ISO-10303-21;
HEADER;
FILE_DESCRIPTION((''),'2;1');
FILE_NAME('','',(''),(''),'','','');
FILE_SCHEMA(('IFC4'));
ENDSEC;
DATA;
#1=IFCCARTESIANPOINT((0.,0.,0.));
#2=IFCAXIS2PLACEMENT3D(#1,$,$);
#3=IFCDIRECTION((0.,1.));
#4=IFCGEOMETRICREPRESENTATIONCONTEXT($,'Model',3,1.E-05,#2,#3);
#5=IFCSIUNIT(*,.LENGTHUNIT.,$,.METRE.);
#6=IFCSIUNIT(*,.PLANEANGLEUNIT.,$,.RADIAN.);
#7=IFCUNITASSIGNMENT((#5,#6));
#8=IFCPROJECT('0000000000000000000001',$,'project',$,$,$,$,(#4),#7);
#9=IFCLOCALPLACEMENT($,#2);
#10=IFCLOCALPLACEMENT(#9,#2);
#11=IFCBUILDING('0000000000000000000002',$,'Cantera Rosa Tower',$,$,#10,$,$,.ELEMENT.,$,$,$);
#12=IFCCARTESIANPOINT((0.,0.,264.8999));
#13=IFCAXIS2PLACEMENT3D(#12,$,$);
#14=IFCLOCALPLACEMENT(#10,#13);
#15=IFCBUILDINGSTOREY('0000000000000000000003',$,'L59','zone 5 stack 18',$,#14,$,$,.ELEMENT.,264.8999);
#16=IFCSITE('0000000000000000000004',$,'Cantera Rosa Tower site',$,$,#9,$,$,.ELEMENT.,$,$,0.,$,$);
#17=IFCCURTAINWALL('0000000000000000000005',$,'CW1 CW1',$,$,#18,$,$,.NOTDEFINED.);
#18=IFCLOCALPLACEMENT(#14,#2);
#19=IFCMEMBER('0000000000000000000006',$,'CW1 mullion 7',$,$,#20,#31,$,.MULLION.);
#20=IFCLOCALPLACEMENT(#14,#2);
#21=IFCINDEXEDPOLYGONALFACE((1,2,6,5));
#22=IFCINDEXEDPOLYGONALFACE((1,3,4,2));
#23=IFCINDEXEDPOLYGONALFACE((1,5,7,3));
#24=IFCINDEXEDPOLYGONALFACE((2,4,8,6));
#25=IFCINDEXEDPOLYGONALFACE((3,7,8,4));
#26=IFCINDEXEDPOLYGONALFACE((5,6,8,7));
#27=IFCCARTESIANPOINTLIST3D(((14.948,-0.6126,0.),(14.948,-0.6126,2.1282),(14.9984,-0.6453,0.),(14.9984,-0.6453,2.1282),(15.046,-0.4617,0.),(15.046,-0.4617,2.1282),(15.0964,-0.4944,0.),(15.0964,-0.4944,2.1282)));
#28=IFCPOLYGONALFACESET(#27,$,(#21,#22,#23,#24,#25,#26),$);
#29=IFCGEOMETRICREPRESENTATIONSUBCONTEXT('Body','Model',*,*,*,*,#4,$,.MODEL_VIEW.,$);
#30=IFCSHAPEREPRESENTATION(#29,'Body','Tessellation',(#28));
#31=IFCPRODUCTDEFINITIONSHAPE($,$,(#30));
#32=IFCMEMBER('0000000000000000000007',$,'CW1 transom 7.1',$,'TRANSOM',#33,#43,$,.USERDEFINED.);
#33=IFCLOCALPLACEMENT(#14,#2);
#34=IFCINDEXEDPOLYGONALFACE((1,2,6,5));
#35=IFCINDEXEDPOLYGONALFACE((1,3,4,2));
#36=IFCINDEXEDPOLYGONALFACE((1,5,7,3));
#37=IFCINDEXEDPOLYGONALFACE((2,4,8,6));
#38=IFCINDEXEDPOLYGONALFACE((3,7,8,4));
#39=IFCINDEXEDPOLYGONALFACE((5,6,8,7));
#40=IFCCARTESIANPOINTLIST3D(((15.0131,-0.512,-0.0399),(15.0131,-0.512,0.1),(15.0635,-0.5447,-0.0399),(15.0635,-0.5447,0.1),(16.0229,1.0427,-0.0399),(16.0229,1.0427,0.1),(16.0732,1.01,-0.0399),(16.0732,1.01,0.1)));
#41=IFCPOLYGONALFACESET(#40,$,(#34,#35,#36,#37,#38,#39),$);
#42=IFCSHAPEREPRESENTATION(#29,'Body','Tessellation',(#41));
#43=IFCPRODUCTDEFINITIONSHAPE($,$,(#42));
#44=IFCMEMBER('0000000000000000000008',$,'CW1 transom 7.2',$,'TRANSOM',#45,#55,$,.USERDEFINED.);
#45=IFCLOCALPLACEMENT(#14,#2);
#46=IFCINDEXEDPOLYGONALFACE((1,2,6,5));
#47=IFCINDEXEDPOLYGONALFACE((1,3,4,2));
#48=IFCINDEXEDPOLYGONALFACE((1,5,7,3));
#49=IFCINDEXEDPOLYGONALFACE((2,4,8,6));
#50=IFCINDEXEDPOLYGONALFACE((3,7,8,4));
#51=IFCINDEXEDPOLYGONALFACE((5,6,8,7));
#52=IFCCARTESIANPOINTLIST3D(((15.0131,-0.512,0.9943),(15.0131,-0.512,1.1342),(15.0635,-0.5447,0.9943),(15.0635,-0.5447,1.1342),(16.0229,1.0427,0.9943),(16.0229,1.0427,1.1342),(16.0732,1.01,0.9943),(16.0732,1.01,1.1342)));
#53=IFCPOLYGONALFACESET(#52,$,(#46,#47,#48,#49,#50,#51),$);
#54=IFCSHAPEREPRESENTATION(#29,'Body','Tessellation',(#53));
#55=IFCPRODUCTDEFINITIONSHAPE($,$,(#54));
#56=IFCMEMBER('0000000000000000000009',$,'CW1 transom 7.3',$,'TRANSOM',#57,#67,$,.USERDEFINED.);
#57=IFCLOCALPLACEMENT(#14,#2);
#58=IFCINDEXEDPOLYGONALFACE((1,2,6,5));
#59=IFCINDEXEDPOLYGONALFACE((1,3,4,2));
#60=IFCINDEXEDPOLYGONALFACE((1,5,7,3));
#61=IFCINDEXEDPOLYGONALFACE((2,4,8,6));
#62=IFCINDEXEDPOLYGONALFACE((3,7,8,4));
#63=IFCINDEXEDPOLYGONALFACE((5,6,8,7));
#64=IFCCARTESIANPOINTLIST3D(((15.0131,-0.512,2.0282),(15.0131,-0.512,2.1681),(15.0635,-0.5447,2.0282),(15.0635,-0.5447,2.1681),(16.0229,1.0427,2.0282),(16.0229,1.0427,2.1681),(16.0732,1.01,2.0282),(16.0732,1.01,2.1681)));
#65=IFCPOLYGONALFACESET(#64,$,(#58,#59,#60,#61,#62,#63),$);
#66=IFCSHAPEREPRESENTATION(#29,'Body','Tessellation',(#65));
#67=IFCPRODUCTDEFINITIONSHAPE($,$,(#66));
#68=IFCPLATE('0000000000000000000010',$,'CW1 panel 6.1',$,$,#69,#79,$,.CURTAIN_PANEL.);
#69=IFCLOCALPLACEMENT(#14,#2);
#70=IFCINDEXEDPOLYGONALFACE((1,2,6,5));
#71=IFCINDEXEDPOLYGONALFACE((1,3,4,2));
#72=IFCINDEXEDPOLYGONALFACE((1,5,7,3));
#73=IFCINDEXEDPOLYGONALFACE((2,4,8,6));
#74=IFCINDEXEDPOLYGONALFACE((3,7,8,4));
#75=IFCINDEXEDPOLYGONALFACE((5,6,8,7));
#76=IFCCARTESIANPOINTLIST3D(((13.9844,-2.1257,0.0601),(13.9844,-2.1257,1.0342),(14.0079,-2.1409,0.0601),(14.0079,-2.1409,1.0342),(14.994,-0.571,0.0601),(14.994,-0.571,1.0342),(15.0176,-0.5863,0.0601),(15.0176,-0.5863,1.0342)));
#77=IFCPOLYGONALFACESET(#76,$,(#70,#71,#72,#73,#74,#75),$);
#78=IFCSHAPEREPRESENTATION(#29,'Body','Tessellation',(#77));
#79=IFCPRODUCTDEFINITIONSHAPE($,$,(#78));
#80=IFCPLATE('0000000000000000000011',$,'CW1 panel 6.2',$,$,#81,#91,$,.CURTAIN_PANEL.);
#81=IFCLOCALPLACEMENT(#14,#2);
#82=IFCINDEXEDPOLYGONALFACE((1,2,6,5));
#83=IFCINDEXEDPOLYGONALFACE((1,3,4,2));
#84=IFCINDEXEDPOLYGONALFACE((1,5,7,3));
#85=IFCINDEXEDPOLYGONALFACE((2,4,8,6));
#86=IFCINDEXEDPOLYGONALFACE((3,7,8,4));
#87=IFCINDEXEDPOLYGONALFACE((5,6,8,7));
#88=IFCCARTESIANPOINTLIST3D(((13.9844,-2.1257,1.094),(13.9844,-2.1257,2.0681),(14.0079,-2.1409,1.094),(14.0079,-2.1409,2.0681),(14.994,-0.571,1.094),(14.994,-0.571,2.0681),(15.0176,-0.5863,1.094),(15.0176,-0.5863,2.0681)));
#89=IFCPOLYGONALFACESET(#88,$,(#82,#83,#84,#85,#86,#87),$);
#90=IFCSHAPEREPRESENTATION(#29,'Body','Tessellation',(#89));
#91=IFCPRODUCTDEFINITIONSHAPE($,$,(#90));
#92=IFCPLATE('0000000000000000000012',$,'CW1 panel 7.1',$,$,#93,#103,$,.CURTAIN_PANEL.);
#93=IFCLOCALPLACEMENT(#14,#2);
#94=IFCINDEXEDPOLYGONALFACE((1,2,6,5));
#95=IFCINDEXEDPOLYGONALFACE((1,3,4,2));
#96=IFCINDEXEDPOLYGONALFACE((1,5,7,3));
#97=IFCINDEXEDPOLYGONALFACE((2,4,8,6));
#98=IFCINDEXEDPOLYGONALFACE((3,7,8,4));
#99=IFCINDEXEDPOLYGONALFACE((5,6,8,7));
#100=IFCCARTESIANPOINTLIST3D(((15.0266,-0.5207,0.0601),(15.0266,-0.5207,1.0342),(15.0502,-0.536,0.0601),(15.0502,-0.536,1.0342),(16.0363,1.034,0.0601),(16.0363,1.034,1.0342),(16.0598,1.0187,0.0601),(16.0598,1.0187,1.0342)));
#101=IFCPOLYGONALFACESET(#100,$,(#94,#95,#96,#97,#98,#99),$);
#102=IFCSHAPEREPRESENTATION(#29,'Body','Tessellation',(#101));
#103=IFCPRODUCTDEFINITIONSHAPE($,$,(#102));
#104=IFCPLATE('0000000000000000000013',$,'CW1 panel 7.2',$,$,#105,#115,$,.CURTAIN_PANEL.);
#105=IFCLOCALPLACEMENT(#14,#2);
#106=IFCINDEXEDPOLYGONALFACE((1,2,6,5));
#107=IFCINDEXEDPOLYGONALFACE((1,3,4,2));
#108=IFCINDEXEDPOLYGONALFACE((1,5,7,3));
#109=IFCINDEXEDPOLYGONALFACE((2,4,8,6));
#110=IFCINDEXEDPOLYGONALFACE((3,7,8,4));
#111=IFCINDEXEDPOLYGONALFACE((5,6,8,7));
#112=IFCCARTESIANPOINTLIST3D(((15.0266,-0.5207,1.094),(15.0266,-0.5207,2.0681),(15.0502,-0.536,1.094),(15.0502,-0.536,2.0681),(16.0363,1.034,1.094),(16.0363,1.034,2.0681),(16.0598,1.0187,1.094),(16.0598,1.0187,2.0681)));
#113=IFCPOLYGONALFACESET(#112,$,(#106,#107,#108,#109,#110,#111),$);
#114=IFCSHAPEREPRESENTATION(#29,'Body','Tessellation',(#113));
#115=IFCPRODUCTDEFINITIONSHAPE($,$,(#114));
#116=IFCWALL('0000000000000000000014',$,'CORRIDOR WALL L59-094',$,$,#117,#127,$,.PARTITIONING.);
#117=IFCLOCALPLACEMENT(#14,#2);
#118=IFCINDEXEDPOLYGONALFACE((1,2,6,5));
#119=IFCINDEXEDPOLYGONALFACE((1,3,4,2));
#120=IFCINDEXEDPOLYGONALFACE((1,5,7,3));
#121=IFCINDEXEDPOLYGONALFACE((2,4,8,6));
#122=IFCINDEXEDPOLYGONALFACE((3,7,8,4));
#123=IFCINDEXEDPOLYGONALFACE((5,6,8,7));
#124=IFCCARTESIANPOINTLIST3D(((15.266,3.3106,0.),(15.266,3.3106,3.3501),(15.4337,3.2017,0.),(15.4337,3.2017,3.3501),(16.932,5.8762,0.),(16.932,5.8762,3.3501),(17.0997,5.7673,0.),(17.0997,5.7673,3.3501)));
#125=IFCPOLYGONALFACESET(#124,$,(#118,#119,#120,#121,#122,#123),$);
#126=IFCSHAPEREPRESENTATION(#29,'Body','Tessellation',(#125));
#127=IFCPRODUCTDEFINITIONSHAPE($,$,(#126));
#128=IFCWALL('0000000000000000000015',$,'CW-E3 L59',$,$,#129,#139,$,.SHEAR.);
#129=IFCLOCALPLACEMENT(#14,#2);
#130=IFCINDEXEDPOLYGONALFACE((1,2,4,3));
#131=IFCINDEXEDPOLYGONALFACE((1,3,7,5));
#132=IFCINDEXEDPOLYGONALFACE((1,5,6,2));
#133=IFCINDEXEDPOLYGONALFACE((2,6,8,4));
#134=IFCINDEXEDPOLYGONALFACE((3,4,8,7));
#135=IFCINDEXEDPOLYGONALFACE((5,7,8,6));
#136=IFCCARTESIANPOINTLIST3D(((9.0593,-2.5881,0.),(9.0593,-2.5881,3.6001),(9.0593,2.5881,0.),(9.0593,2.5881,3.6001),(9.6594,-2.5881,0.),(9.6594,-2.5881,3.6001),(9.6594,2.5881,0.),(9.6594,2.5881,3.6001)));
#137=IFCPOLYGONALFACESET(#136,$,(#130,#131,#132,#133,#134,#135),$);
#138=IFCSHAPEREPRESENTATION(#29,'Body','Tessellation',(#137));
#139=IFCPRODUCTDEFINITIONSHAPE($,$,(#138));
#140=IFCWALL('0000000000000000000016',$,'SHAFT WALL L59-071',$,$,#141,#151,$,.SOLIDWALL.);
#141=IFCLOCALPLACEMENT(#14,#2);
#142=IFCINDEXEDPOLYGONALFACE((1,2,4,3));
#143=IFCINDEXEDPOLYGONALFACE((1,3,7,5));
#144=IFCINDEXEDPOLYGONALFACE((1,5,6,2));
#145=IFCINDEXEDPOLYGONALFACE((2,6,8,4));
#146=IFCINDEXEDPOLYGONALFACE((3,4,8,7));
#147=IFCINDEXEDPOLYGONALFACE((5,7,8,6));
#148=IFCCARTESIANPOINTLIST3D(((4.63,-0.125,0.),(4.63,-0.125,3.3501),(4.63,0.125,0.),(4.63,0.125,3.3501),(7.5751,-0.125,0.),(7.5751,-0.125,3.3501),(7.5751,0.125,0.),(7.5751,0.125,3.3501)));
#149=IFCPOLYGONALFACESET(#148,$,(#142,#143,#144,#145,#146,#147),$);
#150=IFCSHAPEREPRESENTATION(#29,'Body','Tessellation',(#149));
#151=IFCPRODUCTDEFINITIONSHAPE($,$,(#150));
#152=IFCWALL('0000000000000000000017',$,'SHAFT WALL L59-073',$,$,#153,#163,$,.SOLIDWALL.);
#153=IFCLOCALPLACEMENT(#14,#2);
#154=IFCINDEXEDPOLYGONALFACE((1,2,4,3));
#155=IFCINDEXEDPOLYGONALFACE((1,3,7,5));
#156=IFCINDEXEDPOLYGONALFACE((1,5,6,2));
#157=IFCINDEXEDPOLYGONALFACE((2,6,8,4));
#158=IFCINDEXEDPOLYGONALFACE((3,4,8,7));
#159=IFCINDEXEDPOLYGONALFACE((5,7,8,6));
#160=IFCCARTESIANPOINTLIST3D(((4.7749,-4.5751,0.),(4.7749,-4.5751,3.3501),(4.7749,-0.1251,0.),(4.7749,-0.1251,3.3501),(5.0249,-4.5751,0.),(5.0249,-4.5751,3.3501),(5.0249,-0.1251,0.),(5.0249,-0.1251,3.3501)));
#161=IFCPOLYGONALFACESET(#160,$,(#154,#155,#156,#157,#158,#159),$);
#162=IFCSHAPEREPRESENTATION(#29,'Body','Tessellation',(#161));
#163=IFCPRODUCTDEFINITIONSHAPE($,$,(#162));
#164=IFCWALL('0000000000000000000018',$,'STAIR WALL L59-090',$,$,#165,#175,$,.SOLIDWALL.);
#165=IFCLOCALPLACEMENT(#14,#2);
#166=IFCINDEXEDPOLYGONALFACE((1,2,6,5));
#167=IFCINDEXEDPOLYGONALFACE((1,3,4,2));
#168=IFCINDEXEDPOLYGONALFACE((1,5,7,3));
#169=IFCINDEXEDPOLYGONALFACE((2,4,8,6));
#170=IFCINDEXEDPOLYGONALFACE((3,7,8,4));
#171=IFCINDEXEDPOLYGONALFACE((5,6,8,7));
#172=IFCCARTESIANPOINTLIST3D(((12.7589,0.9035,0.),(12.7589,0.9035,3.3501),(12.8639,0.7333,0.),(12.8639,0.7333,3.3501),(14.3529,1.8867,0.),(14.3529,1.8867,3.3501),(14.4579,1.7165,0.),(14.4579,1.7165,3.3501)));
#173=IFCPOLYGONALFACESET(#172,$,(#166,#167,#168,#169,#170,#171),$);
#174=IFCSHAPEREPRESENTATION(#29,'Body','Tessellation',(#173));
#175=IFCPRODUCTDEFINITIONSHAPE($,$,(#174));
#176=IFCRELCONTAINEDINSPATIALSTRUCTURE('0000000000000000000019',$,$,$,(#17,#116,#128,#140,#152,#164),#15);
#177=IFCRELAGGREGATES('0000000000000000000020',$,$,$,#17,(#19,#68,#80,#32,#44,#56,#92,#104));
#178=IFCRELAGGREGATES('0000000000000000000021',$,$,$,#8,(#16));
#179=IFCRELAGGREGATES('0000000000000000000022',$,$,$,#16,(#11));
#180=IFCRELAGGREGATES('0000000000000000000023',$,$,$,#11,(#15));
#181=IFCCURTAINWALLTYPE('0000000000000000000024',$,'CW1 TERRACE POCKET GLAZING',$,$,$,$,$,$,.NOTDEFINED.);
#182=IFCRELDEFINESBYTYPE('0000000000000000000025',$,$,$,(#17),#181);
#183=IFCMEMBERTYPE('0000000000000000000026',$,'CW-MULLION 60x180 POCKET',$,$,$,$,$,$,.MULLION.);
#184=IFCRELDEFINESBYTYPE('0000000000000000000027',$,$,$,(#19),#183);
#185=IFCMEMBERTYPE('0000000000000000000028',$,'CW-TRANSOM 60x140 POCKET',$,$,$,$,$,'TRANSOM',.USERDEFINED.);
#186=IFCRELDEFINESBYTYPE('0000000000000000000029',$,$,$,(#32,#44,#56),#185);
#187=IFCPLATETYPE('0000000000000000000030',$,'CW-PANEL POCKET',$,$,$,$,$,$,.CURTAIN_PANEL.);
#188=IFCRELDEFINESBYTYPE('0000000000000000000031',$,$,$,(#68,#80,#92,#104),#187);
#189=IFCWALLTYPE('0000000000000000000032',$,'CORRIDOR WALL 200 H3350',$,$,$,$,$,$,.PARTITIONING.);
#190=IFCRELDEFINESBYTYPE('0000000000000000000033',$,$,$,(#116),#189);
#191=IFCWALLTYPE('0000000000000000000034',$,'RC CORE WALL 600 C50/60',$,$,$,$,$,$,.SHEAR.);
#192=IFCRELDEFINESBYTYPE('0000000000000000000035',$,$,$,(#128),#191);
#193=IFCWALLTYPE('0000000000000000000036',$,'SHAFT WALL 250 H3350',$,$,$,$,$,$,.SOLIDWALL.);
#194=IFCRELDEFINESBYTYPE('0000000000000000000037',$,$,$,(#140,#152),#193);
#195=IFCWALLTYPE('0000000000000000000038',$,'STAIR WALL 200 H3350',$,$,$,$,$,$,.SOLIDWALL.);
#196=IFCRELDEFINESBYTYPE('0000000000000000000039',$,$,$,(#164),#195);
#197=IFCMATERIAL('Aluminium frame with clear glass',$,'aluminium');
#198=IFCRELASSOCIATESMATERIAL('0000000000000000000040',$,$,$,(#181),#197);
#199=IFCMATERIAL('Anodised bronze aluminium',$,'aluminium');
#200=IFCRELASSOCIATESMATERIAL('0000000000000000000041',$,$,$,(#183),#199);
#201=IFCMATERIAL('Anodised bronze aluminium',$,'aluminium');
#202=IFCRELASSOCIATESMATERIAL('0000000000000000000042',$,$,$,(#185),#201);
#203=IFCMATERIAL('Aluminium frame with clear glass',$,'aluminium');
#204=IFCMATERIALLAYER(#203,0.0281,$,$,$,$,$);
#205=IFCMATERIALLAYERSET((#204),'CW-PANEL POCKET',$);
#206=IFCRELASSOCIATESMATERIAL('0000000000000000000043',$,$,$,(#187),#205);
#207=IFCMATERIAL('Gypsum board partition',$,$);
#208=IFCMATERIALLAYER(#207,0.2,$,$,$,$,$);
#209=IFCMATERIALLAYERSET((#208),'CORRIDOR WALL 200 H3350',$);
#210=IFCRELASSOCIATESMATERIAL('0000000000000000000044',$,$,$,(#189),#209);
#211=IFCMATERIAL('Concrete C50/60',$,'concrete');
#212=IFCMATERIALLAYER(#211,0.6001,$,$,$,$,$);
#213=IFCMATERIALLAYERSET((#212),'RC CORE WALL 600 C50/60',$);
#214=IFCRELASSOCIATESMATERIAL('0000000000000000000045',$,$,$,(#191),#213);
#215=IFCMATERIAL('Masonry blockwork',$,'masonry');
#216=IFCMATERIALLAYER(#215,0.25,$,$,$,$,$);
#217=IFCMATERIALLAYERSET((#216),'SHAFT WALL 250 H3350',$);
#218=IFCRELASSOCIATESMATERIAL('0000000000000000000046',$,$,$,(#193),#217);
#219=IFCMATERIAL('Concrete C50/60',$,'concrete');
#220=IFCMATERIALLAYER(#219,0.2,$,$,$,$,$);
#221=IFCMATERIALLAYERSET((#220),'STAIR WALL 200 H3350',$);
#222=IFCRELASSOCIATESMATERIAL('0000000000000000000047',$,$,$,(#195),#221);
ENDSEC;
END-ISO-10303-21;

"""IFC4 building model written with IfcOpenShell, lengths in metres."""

from ifc_helpers import new_model, si_unit, direction, frame, frame_2d, origin, origin_2d, place, context, subcontext, project, spatial, rectangle, extrude, material, layer, layer_set, material_profile, profile_set, type_object, element, aggregate, save


model = new_model("IFC4")

# Units and contexts
model_context = context("Model", 3, precision=1e-05, world=origin(), true_north=direction((0.0, 1.0)))
body_context = subcontext(model_context, "Body", "Model", "MODEL_VIEW")
ifc_project = project(units=[si_unit("LENGTHUNIT", "METRE"), si_unit("PLANEANGLEUNIT", "RADIAN")], contexts=[model_context])

# Site, building, storey
site_placement = place(None, origin())
site = spatial("IfcSite", under=ifc_project, at=site_placement, Name="Cantera Rosa Tower site", CompositionType="ELEMENT", RefElevation=0.0)
building_placement = place(site_placement, origin())
building = spatial("IfcBuilding", under=site, at=building_placement, Name="Cantera Rosa Tower", CompositionType="ELEMENT")
storey_placement = place(building_placement, frame((0.0, 0.0, 264.8999)))
storey = spatial("IfcBuildingStorey", under=building, at=storey_placement, Name="L59", Description="zone 5 stack 18", CompositionType="ELEMENT", Elevation=264.8999)

# Curtain wall, members, plates
ifc_material_1 = material(Name="Aluminium frame with clear glass", Category="aluminium")
curtain_wall_type = type_object("IfcCurtainWallType", Name="CW1 TERRACE POCKET GLAZING", PredefinedType="NOTDEFINED", material=ifc_material_1)
curtain_wall_placement = place(storey_placement, origin())
curtain_wall = element("IfcCurtainWall", 1, at=curtain_wall_placement, inside=storey, type_object=curtain_wall_type, Name="CW1 CW1", PredefinedType="NOTDEFINED")
ifc_material_2 = material(Name="Anodised bronze aluminium", Category="aluminium")
ifc_material_profile_1 = material_profile(ifc_material_2, rectangle(XDim=0.0601, YDim=0.1799, at=origin_2d()), Name="CW-MULLION 60x180 POCKET")
ifc_profile_set_1 = profile_set([ifc_material_profile_1], Name="Anodised bronze aluminium")
member_type_1 = type_object("IfcMemberType", Name="CW-MULLION 60x180 POCKET", PredefinedType="MULLION", material=ifc_profile_set_1)
member_1_placement = place(storey_placement, frame((15.0222, -0.5535, 0.0), z_axis=(0.0, 0.0, 1.0), x_axis=(-0.838671, 0.544639, 0.0)))
member_1 = element("IfcMember", 2, at=member_1_placement, type_object=member_type_1, Name="CW1 mullion 7", PredefinedType="MULLION", context=body_context, shape_type="SweptSolid", body=[
    extrude(rectangle(XDim=0.0601, YDim=0.1799, at=origin_2d()), origin(), (0.0, 0.0, 1.0), 2.1282),
])
ifc_material_3 = material(Name="Anodised bronze aluminium", Category="aluminium")
ifc_material_profile_2 = material_profile(ifc_material_3, rectangle(XDim=0.0601, YDim=0.1399, at=origin_2d()), Name="CW-TRANSOM 60x140 POCKET")
ifc_profile_set_2 = profile_set([ifc_material_profile_2], Name="Anodised bronze aluminium")
member_type_2 = type_object("IfcMemberType", Name="CW-TRANSOM 60x140 POCKET", ElementType="TRANSOM", PredefinedType="USERDEFINED", material=ifc_profile_set_2)
member_2_placement = place(storey_placement, frame((15.0383, -0.5283, 0.03), z_axis=(0.544692, 0.838636, 0.0), x_axis=(-0.838636, 0.544692, 0.0)))
member_2 = element("IfcMember", 3, at=member_2_placement, type_object=member_type_2, Name="CW1 transom 7.1", ObjectType="TRANSOM", PredefinedType="USERDEFINED", context=body_context, shape_type="SweptSolid", body=[
    extrude(rectangle(XDim=0.0601, YDim=0.1399, at=origin_2d()), origin(), (0.0, 0.0, 1.0), 1.8538),
])
member_3_placement = place(storey_placement, frame((15.0383, -0.5283, 1.0642), z_axis=(0.544692, 0.838636, 0.0), x_axis=(-0.838636, 0.544692, 0.0)))
member_3 = element("IfcMember", 4, at=member_3_placement, type_object=member_type_2, Name="CW1 transom 7.2", ObjectType="TRANSOM", PredefinedType="USERDEFINED", context=body_context, shape_type="SweptSolid", body=[
    extrude(rectangle(XDim=0.0601, YDim=0.1399, at=origin_2d()), origin(), (0.0, 0.0, 1.0), 1.8538),
])
member_4_placement = place(storey_placement, frame((15.0383, -0.5283, 2.0981), z_axis=(0.544692, 0.838636, 0.0), x_axis=(-0.838636, 0.544692, 0.0)))
member_4 = element("IfcMember", 5, at=member_4_placement, type_object=member_type_2, Name="CW1 transom 7.3", ObjectType="TRANSOM", PredefinedType="USERDEFINED", context=body_context, shape_type="SweptSolid", body=[
    extrude(rectangle(XDim=0.0601, YDim=0.1399, at=origin_2d()), origin(), (0.0, 0.0, 1.0), 1.8538),
])
ifc_material_4 = material(Name="Aluminium frame with clear glass", Category="aluminium")
ifc_layer_1 = layer(ifc_material_4, 0.0281)
ifc_layer_set_1 = layer_set([ifc_layer_1], Name="CW-PANEL POCKET")
plate_type = type_object("IfcPlateType", Name="CW-PANEL POCKET", PredefinedType="CURTAIN_PANEL", material=ifc_layer_set_1)
plate_1_placement = place(storey_placement, frame((14.501, -1.356, 0.0601), z_axis=(0.0, 0.0, 1.0), x_axis=(0.544639, 0.838671, 0.0)))
plate_1 = element("IfcPlate", 6, at=plate_1_placement, type_object=plate_type, Name="CW1 panel 6.1", PredefinedType="CURTAIN_PANEL", context=body_context, shape_type="SweptSolid", body=[
    extrude(rectangle(XDim=1.8538, YDim=0.0281, at=origin_2d()), origin(), (0.0, 0.0, 1.0), 0.9741),
])
plate_2_placement = place(storey_placement, frame((14.501, -1.356, 1.094), z_axis=(0.0, 0.0, 1.0), x_axis=(0.544639, 0.838671, 0.0)))
plate_2 = element("IfcPlate", 7, at=plate_2_placement, type_object=plate_type, Name="CW1 panel 6.2", PredefinedType="CURTAIN_PANEL", context=body_context, shape_type="SweptSolid", body=[
    extrude(rectangle(XDim=1.8538, YDim=0.0281, at=origin_2d()), origin(), (0.0, 0.0, 1.0), 0.9741),
])
plate_3_placement = place(storey_placement, frame((15.5432, 0.249, 0.0601), z_axis=(0.0, 0.0, 1.0), x_axis=(0.544639, 0.838671, 0.0)))
plate_3 = element("IfcPlate", 8, at=plate_3_placement, type_object=plate_type, Name="CW1 panel 7.1", PredefinedType="CURTAIN_PANEL", context=body_context, shape_type="SweptSolid", body=[
    extrude(rectangle(XDim=1.8538, YDim=0.0281, at=origin_2d()), origin(), (0.0, 0.0, 1.0), 0.9741),
])
plate_4_placement = place(storey_placement, frame((15.5432, 0.249, 1.094), z_axis=(0.0, 0.0, 1.0), x_axis=(0.544639, 0.838671, 0.0)))
plate_4 = element("IfcPlate", 9, at=plate_4_placement, type_object=plate_type, Name="CW1 panel 7.2", PredefinedType="CURTAIN_PANEL", context=body_context, shape_type="SweptSolid", body=[
    extrude(rectangle(XDim=1.8538, YDim=0.0281, at=origin_2d()), origin(), (0.0, 0.0, 1.0), 0.9741),
])
aggregate(curtain_wall, [member_1, plate_1, plate_2, member_2, member_3, member_4, plate_3, plate_4])

# Walls
ifc_material_5 = material(Name="Gypsum board partition")
ifc_layer_2 = layer(ifc_material_5, 0.2)
ifc_layer_set_2 = layer_set([ifc_layer_2], Name="CORRIDOR WALL 200 H3350")
wall_type_1 = type_object("IfcWallType", Name="CORRIDOR WALL 200 H3350", PredefinedType="PARTITIONING", material=ifc_layer_set_2)
wall_1_placement = place(storey_placement, frame((15.3499, 3.2561, 0.0), z_axis=(0.0, 0.0, 1.0), x_axis=(0.544604, 0.838693, 0.0)))
element("IfcWall", 10, at=wall_1_placement, inside=storey, type_object=wall_type_1, Name="CORRIDOR WALL L59-094", PredefinedType="PARTITIONING", context=body_context, shape_type="SweptSolid", body=[
    extrude(rectangle(XDim=3.0591, YDim=0.2, at=frame_2d((1.5295, 0.0))), origin(), (0.0, 0.0, 1.0), 3.3501),
])
ifc_material_6 = material(Name="Concrete C50/60", Category="concrete")
ifc_layer_3 = layer(ifc_material_6, 0.6001)
ifc_layer_set_3 = layer_set([ifc_layer_3], Name="RC CORE WALL 600 C50/60")
wall_type_2 = type_object("IfcWallType", Name="RC CORE WALL 600 C50/60", PredefinedType="SHEAR", material=ifc_layer_set_3)
wall_2_placement = place(storey_placement, frame((9.3594, 2.5881, 0.0), z_axis=(0.0, 0.0, 1.0), x_axis=(0.0, -1.0, 0.0)))
element("IfcWall", 11, at=wall_2_placement, inside=storey, type_object=wall_type_2, Name="CW-E3 L59", PredefinedType="SHEAR", context=body_context, shape_type="SweptSolid", body=[
    extrude(rectangle(XDim=5.1763, YDim=0.6001, at=frame_2d((2.5881, 0.0))), origin(), (0.0, 0.0, 1.0), 3.6001),
])
ifc_material_7 = material(Name="Masonry blockwork", Category="masonry")
ifc_layer_4 = layer(ifc_material_7, 0.25)
ifc_layer_set_4 = layer_set([ifc_layer_4], Name="SHAFT WALL 250 H3350")
wall_type_3 = type_object("IfcWallType", Name="SHAFT WALL 250 H3350", PredefinedType="SOLIDWALL", material=ifc_layer_set_4)
wall_3_placement = place(storey_placement, frame((4.6299, 0.0, 0.0), z_axis=(0.0, 0.0, 1.0), x_axis=(1.0, 0.0, 0.0)))
element("IfcWall", 12, at=wall_3_placement, inside=storey, type_object=wall_type_3, Name="SHAFT WALL L59-071", PredefinedType="SOLIDWALL", context=body_context, shape_type="SweptSolid", body=[
    extrude(rectangle(XDim=2.9451, YDim=0.25, at=frame_2d((1.4727, 0.0))), origin(), (0.0, 0.0, 1.0), 3.3501),
])
wall_4_placement = place(storey_placement, frame((4.8999, -0.125, 0.0), z_axis=(0.0, 0.0, 1.0), x_axis=(0.0, -1.0, 0.0)))
element("IfcWall", 13, at=wall_4_placement, inside=storey, type_object=wall_type_3, Name="SHAFT WALL L59-073", PredefinedType="SOLIDWALL", context=body_context, shape_type="SweptSolid", body=[
    extrude(rectangle(XDim=4.45, YDim=0.25, at=frame_2d((2.2251, 0.0))), origin(), (0.0, 0.0, 1.0), 3.3501),
])
ifc_material_8 = material(Name="Concrete C50/60", Category="concrete")
ifc_layer_5 = layer(ifc_material_8, 0.2)
ifc_layer_set_5 = layer_set([ifc_layer_5], Name="STAIR WALL 200 H3350")
wall_type_4 = type_object("IfcWallType", Name="STAIR WALL 200 H3350", PredefinedType="SOLIDWALL", material=ifc_layer_set_5)
wall_5_placement = place(storey_placement, frame((12.8113, 0.8184, 0.0), z_axis=(0.0, 0.0, 1.0), x_axis=(0.851125, 0.524963, 0.0)))
element("IfcWall", 14, at=wall_5_placement, inside=storey, type_object=wall_type_4, Name="STAIR WALL L59-090", PredefinedType="SOLIDWALL", context=body_context, shape_type="SweptSolid", body=[
    extrude(rectangle(XDim=1.8728, YDim=0.2, at=frame_2d((0.9365, 0.0))), origin(), (0.0, 0.0, 1.0), 3.3501),
])

save(model, "model.ifc")
